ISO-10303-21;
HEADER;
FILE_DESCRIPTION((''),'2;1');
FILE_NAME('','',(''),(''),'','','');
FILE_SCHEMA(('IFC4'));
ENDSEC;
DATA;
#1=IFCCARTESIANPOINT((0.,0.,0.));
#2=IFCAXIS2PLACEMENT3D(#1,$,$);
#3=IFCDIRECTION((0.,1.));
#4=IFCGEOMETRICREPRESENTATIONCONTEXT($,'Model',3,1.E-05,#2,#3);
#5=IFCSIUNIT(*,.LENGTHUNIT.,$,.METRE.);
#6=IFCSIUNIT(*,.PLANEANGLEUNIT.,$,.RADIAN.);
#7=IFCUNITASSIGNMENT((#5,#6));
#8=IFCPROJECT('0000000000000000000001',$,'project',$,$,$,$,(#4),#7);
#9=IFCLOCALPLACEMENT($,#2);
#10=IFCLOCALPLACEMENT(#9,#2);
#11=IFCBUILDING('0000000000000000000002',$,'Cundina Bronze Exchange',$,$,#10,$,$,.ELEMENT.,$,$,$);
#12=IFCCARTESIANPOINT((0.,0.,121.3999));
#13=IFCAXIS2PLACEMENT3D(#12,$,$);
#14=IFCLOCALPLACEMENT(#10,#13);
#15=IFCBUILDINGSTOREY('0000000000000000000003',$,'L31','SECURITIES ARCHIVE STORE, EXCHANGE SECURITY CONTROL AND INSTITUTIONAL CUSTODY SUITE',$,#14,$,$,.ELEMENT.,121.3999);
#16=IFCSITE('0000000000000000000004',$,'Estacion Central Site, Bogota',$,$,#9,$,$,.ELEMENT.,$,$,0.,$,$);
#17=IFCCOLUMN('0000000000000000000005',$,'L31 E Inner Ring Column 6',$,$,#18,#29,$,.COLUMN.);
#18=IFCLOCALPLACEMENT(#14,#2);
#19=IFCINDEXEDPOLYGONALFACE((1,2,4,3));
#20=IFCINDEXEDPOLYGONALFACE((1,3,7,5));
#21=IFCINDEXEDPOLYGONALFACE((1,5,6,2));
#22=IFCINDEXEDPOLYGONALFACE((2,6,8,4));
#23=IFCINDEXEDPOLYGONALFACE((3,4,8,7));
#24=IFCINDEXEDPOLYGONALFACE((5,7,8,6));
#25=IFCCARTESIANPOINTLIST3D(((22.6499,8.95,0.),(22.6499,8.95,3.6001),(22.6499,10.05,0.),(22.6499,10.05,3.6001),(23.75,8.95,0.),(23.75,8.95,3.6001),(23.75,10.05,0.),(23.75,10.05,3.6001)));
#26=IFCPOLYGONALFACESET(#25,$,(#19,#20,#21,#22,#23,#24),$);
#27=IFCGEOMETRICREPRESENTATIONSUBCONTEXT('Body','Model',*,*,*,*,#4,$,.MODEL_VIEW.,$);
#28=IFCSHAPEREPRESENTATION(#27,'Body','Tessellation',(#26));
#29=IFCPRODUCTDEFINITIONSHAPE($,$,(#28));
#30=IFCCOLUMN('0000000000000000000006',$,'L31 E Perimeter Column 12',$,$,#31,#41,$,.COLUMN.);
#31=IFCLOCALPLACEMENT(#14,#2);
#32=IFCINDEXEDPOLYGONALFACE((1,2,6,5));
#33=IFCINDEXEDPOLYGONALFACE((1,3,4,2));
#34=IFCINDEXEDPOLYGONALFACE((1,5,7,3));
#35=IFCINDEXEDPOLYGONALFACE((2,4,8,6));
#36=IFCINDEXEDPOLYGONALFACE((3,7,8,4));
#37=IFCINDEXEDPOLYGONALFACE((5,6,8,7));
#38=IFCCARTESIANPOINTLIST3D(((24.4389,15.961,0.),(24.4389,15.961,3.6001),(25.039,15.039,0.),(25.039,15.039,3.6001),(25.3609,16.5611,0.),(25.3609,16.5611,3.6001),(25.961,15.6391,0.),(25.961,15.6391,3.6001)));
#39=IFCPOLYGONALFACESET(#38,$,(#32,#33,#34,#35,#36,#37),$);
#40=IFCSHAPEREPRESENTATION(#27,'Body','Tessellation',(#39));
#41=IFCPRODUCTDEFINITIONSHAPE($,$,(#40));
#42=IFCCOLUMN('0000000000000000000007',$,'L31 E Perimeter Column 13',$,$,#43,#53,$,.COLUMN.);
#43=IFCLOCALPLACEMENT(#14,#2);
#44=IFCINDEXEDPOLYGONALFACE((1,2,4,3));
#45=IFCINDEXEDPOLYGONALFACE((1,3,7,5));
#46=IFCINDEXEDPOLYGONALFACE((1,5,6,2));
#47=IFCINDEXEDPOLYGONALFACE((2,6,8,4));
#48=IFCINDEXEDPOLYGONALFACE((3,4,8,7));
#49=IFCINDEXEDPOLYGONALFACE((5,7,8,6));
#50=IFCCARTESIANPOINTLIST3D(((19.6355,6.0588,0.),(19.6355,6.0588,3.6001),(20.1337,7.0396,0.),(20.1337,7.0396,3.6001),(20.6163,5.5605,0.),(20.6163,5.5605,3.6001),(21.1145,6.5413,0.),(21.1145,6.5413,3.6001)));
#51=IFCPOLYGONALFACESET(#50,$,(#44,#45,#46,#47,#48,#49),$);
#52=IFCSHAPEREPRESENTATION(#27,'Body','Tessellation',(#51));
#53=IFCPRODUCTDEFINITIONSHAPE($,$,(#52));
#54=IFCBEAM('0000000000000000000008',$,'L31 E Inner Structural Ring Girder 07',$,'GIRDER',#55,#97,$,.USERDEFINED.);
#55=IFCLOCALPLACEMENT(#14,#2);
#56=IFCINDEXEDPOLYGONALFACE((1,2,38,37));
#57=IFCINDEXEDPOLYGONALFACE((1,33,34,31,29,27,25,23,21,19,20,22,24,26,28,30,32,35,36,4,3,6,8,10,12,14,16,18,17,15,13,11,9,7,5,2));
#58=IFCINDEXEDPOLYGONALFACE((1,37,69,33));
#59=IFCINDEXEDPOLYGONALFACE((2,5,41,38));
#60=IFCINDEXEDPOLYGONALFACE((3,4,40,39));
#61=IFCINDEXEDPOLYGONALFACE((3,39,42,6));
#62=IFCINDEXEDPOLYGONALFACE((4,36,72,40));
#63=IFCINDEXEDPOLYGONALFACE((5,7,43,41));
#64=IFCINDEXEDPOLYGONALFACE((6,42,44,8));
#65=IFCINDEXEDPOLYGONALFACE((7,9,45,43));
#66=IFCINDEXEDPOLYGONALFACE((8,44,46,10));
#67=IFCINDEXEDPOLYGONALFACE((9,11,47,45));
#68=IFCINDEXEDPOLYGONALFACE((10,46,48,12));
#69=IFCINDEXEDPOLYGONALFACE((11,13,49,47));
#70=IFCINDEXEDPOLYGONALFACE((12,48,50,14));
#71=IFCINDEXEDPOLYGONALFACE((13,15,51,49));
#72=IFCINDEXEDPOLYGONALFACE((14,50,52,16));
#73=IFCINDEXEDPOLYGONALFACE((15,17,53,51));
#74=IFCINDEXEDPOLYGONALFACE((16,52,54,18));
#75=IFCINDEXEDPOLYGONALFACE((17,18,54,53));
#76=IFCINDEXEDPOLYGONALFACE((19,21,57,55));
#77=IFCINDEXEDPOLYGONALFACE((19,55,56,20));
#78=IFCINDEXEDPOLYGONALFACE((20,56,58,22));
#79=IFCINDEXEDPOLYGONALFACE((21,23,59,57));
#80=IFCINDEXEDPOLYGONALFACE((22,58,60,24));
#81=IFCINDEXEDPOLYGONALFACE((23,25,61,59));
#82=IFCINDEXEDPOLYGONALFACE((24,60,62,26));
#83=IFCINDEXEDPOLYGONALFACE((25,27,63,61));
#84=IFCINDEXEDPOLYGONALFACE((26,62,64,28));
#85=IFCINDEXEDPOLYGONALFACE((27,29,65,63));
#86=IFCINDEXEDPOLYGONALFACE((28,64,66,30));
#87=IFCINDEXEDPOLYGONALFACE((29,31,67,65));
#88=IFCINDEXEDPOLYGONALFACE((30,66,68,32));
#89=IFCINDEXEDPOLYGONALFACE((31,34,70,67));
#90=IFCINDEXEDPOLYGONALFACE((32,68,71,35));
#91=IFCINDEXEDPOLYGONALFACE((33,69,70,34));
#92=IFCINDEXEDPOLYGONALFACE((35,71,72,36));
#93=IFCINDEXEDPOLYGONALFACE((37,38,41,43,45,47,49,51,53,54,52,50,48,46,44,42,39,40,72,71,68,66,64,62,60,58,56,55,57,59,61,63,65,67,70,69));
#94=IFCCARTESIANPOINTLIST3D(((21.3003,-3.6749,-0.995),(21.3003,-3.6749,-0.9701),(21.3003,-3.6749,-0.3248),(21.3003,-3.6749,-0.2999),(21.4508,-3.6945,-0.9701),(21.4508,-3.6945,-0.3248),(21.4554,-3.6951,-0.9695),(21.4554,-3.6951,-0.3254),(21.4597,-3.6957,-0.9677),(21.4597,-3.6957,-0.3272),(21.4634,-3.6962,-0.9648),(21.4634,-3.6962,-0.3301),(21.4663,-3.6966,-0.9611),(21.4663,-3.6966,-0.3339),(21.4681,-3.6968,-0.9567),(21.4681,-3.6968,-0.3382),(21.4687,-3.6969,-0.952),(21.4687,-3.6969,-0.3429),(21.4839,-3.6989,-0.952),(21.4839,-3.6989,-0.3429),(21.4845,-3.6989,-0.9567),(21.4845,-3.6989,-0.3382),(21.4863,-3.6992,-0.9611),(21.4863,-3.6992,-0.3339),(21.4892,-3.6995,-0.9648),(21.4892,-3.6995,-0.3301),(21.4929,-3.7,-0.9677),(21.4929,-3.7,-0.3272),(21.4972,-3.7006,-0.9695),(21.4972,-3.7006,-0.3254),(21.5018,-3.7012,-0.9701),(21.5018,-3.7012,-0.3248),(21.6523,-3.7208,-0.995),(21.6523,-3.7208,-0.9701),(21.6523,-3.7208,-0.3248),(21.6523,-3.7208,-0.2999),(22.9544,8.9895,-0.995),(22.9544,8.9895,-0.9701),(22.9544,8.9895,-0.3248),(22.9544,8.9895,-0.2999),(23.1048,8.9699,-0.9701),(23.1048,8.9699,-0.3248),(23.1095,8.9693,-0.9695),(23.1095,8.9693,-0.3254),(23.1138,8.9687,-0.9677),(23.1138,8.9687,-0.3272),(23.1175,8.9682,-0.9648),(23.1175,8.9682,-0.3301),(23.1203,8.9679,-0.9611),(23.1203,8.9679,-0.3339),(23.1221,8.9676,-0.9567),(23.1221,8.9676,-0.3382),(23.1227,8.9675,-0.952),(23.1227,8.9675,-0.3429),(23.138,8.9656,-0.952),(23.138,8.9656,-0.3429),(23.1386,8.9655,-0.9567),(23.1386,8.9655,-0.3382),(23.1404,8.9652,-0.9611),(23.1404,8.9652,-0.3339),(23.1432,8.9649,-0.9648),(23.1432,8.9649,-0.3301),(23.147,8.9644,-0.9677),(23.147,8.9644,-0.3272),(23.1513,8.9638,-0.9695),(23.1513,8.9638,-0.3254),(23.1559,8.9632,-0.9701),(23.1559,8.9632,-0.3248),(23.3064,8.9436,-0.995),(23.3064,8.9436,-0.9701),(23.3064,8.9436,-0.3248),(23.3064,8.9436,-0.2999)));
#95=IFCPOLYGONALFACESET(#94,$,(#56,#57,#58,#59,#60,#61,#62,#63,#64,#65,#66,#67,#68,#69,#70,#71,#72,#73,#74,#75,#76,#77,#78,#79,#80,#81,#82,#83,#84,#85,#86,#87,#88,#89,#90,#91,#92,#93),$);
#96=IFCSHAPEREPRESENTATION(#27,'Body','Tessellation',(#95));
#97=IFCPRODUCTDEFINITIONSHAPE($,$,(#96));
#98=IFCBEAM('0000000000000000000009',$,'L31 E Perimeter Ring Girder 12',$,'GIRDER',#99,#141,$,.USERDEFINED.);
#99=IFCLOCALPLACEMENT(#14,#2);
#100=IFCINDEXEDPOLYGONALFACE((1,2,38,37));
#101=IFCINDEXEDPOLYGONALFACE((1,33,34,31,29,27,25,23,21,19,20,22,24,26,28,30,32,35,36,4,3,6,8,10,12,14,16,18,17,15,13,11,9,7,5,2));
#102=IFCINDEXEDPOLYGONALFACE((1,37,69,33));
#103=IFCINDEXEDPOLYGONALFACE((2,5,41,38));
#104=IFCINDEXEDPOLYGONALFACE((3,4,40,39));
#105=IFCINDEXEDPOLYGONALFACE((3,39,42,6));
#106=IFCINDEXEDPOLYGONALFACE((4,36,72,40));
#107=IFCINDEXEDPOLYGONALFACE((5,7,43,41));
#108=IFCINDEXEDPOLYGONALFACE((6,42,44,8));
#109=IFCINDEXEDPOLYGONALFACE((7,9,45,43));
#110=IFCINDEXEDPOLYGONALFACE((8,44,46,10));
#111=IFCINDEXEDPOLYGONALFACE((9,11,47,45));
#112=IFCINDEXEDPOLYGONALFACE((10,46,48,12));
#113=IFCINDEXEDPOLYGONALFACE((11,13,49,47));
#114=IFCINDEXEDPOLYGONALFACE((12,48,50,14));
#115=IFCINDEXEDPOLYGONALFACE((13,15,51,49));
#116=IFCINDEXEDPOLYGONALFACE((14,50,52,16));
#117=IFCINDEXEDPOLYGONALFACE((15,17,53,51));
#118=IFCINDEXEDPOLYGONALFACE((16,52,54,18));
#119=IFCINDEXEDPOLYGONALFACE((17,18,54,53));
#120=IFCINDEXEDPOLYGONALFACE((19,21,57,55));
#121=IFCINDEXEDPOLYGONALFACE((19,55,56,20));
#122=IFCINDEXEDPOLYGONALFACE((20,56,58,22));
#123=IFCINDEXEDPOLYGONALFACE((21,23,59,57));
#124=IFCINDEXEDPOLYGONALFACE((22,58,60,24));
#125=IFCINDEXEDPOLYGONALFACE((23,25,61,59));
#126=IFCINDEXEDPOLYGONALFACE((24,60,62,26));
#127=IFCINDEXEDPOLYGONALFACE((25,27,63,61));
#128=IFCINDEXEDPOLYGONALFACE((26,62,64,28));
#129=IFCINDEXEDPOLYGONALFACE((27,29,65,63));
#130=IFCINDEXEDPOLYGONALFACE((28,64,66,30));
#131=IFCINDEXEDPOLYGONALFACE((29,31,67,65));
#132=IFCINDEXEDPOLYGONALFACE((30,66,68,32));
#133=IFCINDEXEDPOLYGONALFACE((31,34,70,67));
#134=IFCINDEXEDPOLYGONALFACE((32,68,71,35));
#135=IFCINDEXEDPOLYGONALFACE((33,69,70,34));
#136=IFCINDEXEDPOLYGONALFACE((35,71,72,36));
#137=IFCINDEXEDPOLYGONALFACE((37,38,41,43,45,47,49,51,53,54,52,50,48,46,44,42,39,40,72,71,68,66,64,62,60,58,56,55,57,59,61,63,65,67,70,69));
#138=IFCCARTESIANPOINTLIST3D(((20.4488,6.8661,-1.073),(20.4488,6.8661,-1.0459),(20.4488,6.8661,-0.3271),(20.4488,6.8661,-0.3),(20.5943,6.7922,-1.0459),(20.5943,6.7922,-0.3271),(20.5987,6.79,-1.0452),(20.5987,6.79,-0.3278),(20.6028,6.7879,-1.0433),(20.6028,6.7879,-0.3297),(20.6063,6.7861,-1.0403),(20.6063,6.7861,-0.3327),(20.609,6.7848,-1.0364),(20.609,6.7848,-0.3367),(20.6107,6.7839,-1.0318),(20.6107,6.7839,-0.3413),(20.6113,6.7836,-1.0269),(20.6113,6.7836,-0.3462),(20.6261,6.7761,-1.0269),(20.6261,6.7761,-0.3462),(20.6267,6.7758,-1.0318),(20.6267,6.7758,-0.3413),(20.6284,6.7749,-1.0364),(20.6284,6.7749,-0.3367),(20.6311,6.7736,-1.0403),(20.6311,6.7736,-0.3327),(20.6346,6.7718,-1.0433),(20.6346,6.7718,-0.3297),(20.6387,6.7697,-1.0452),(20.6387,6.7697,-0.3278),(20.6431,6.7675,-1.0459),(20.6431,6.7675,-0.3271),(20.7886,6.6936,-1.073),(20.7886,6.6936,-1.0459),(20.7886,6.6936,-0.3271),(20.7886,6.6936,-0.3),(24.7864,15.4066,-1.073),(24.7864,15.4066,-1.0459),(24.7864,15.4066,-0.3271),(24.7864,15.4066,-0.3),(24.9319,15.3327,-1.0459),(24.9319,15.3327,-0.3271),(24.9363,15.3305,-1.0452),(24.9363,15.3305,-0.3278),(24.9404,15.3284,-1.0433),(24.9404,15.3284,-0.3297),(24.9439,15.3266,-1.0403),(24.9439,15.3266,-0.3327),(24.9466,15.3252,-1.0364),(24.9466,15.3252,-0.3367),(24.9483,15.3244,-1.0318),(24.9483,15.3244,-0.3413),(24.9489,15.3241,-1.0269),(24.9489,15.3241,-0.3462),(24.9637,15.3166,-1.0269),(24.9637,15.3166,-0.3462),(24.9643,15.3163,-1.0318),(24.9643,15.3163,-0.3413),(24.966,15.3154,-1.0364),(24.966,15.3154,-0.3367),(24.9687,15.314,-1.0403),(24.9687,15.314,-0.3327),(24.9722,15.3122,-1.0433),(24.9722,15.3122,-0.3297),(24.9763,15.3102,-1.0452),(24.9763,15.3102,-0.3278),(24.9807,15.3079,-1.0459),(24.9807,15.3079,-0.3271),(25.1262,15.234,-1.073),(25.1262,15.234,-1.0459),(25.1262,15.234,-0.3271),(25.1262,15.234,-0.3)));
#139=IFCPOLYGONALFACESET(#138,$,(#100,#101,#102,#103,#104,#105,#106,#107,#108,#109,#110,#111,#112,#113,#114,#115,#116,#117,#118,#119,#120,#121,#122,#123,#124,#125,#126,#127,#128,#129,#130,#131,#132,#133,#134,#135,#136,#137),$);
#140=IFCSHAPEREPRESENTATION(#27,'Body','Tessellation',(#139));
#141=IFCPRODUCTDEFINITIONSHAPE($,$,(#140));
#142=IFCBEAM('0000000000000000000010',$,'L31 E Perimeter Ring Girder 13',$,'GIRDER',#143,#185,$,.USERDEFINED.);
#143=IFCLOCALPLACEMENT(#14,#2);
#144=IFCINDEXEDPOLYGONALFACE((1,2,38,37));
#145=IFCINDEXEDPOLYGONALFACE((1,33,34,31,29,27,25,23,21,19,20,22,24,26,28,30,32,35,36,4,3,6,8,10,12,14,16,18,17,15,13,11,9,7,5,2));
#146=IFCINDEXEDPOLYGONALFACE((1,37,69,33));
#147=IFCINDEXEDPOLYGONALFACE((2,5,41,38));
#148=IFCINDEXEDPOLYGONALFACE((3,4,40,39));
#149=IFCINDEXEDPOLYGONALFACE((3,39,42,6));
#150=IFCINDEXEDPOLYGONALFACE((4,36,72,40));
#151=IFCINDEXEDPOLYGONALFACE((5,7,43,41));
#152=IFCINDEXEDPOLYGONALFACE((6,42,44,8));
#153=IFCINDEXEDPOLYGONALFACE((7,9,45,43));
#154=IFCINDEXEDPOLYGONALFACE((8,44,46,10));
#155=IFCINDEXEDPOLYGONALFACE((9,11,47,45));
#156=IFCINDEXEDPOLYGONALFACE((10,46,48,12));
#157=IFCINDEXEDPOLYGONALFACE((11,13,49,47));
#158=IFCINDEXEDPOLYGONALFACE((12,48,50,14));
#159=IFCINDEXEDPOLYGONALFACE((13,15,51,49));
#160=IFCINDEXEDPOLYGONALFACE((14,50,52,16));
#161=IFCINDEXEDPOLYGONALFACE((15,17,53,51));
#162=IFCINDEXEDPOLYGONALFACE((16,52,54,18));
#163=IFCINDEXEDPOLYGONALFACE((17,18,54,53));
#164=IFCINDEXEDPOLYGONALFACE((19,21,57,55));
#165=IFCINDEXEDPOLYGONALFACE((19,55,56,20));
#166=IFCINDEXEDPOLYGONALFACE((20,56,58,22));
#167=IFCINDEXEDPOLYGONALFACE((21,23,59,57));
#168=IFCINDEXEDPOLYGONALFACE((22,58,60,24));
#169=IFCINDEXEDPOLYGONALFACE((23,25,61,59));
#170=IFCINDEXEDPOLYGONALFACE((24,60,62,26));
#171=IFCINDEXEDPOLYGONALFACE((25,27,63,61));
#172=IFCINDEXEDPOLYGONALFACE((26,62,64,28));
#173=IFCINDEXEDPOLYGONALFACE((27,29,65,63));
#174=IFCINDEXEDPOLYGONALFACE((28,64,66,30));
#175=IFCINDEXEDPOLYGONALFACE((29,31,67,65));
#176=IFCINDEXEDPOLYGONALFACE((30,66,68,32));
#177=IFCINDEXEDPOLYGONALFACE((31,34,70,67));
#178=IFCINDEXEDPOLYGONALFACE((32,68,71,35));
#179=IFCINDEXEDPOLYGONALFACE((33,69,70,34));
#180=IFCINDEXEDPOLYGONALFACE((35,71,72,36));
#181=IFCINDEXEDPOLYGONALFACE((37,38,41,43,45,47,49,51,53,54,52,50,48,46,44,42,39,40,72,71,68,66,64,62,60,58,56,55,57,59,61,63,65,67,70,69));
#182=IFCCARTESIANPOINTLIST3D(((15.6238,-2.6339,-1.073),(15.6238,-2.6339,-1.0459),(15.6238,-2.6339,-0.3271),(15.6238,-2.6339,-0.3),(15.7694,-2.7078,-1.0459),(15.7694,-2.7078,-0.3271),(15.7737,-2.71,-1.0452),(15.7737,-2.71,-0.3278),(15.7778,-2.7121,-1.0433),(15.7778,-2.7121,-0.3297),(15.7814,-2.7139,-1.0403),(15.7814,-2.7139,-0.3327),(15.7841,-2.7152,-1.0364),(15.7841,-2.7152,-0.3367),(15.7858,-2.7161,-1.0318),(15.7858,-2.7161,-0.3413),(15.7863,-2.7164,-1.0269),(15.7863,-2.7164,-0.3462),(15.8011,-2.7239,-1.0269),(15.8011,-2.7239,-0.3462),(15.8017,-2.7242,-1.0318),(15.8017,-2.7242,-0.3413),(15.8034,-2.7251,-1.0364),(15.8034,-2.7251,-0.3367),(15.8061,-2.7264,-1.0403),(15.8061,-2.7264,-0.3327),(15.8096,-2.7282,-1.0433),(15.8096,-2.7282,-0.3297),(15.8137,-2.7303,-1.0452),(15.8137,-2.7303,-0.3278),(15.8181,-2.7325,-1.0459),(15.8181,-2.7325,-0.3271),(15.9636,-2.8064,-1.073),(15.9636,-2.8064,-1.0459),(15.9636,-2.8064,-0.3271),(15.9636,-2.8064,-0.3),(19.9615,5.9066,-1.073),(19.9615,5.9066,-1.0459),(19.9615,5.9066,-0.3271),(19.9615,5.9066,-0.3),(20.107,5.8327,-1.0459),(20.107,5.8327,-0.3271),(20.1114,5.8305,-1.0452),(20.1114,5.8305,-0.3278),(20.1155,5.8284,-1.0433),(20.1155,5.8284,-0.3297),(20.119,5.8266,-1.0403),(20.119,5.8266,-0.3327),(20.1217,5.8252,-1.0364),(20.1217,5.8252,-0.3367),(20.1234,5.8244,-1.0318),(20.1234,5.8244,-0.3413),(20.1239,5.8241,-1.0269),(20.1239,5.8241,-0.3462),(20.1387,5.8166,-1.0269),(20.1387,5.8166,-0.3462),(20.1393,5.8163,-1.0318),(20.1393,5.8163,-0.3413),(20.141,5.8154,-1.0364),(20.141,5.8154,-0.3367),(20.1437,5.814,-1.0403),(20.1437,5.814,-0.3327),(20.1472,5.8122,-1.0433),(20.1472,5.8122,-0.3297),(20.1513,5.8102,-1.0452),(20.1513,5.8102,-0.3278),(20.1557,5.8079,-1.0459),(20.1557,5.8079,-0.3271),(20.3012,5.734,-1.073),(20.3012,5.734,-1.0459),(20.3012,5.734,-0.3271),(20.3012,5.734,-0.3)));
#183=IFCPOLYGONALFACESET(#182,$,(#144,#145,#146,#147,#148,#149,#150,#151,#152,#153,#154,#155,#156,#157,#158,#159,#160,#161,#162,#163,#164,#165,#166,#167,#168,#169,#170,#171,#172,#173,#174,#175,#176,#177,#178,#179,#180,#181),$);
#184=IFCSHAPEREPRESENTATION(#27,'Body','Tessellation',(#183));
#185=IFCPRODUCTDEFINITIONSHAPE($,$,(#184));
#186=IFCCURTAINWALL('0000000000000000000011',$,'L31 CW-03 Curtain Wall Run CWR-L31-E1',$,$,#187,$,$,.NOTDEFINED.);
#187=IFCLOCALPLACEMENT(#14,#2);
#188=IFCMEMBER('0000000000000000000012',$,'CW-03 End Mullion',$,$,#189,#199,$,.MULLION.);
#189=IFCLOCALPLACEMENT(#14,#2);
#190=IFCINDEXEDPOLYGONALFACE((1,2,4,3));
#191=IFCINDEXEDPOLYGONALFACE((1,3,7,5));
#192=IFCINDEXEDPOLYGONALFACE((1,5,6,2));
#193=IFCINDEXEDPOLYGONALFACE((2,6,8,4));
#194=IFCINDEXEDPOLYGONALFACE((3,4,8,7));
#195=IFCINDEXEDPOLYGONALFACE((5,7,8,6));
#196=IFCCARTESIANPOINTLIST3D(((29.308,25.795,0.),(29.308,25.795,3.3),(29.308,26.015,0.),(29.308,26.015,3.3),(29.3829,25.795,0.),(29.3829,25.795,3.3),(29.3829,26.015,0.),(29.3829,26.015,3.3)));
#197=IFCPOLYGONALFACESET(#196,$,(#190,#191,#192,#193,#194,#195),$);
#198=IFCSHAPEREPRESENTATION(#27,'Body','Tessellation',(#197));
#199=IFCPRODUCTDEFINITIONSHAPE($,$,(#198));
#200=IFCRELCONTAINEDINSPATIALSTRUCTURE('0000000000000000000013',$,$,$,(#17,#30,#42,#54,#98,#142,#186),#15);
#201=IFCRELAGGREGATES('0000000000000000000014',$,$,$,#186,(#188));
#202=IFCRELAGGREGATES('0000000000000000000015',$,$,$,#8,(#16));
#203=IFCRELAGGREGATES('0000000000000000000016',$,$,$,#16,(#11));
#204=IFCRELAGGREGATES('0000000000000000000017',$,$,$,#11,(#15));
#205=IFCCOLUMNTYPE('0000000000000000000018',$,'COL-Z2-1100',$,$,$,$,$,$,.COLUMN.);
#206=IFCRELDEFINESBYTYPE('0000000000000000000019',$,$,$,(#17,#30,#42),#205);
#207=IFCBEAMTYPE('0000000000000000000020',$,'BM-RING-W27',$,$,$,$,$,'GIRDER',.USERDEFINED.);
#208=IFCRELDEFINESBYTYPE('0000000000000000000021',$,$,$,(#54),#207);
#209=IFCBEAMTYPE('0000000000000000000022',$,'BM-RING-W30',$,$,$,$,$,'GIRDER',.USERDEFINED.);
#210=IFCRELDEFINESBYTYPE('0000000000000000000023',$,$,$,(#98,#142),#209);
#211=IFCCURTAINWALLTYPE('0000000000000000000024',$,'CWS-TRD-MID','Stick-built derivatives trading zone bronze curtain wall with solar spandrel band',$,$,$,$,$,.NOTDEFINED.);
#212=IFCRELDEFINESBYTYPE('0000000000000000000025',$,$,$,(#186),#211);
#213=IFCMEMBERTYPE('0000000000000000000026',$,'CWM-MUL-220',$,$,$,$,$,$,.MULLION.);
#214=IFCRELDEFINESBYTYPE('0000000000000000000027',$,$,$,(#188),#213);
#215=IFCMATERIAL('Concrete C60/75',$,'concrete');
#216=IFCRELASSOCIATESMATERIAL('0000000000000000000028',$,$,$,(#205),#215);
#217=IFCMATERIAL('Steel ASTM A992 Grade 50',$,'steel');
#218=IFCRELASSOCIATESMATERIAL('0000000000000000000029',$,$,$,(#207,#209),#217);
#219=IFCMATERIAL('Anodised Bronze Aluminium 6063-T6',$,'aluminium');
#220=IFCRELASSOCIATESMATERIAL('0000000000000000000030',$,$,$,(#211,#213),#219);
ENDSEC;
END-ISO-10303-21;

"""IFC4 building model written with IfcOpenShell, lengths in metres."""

from ifc_helpers import new_model, si_unit, direction, frame, origin, origin_2d, place, context, subcontext, project, spatial, rectangle, i_section, extrude, material, material_profile, profile_set, type_object, element, aggregate, save


model = new_model("IFC4")

# Units and contexts
model_context = context("Model", 3, precision=1e-05, world=origin(), true_north=direction((0.0, 1.0)))
body_context = subcontext(model_context, "Body", "Model", "MODEL_VIEW")
ifc_project = project(units=[si_unit("LENGTHUNIT", "METRE"), si_unit("PLANEANGLEUNIT", "RADIAN")], contexts=[model_context])

# Site, building, storey
site_placement = place(None, origin())
site = spatial("IfcSite", under=ifc_project, at=site_placement, Name="Estacion Central Site, Bogota", CompositionType="ELEMENT", RefElevation=0.0)
building_placement = place(site_placement, origin())
building = spatial("IfcBuilding", under=site, at=building_placement, Name="Cundina Bronze Exchange", CompositionType="ELEMENT")
storey_placement = place(building_placement, frame((0.0, 0.0, 121.3999)))
storey = spatial("IfcBuildingStorey", under=building, at=storey_placement, Name="L31", Description="SECURITIES ARCHIVE STORE, EXCHANGE SECURITY CONTROL AND INSTITUTIONAL CUSTODY SUITE", CompositionType="ELEMENT", Elevation=121.3999)

# Columns
ifc_material_1 = material(Name="Concrete C60/75", Category="concrete")
ifc_material_profile_1 = material_profile(ifc_material_1, rectangle(XDim=1.1001, YDim=1.1001, at=origin_2d()), Name="RC1100X1100", Category="concrete")
ifc_profile_set_1 = profile_set([ifc_material_profile_1], Name="Concrete C60/75")
column_type = type_object("IfcColumnType", Name="COL-Z2-1100", PredefinedType="COLUMN", material=ifc_profile_set_1)
for number, where, z_axis, x_axis, name in (
    (1, (23.2, 9.5, 0.0), (0.0, 0.0, 1.0), (1.0, 0.0, 0.0), "L31 E Inner Ring Column 6"),
    (2, (25.2, 15.8, 0.0), (0.0, 0.0, 1.0), (-0.8381, -0.545517, 0.0), "L31 E Perimeter Column 12"),
    (3, (20.375, 6.3, 0.0), (0.0, 0.0, 1.0), (-0.452902, -0.891561, 0.0), "L31 E Perimeter Column 13"),
):
    element("IfcColumn", number, at=place(storey_placement, frame(where, z_axis=z_axis, x_axis=x_axis)), inside=storey, type_object=column_type, Name=name, PredefinedType="COLUMN", context=body_context, shape_type="SweptSolid", body=[
        extrude(rectangle(XDim=1.1001, YDim=1.1001, at=origin_2d()), origin(), (0.0, 0.0, 1.0), 3.6001),
    ])

# Beams
ifc_material_2 = material(Name="Steel ASTM A992 Grade 50", Category="steel")
ifc_material_profile_2 = material_profile(ifc_material_2, i_section(OverallWidth=0.355, OverallDepth=0.6951, WebThickness=0.0154, FlangeThickness=0.0249, FilletRadius=0.0181, at=origin_2d()), Name="W27X146", Category="steel")
ifc_profile_set_2 = profile_set([ifc_material_profile_2], Name="Steel ASTM A992 Grade 50")
beam_type_1 = type_object("IfcBeamType", Name="BM-RING-W27", ElementType="GIRDER", PredefinedType="USERDEFINED", material=ifc_profile_set_2)
beam_placement = place(storey_placement, frame((23.1304, 8.9666, -0.6475), z_axis=(-0.129508, -0.991578, 0.0), x_axis=(0.991578, -0.129508, 0.0)))
element("IfcBeam", 4, at=beam_placement, inside=storey, type_object=beam_type_1, Name="L31 E Inner Structural Ring Girder 07", ObjectType="GIRDER", PredefinedType="USERDEFINED", context=body_context, shape_type="SweptSolid", body=[
    extrude(i_section(OverallWidth=0.355, OverallDepth=0.6951, WebThickness=0.0154, FlangeThickness=0.0249, FilletRadius=0.0181, at=origin_2d()), origin(), (0.0, 0.0, 1.0), 12.772),
])
ifc_material_profile_3 = material_profile(ifc_material_2, i_section(OverallWidth=0.3811, OverallDepth=0.7729, WebThickness=0.0166, FlangeThickness=0.0271, FilletRadius=0.019, at=origin_2d()), Name="W30X173", Category="steel")
ifc_profile_set_3 = profile_set([ifc_material_profile_3], Name="Steel ASTM A992 Grade 50")
beam_type_2 = type_object("IfcBeamType", Name="BM-RING-W30", ElementType="GIRDER", PredefinedType="USERDEFINED", material=ifc_profile_set_3)
for number, where, z_axis, x_axis, name in (
    (5, (24.9563, 15.3203, -0.6865), (-0.452832, -0.891596, 0.0), (0.891596, -0.452832, 0.0), "L31 E Perimeter Ring Girder 12"),
    (6, (20.1313, 5.8203, -0.6865), (-0.452832, -0.891596, 0.0), (0.891596, -0.452832, 0.0), "L31 E Perimeter Ring Girder 13"),
):
    element("IfcBeam", number, at=place(storey_placement, frame(where, z_axis=z_axis, x_axis=x_axis)), inside=storey, type_object=beam_type_2, Name=name, ObjectType="GIRDER", PredefinedType="USERDEFINED", context=body_context, shape_type="SweptSolid", body=[
        extrude(i_section(OverallWidth=0.3811, OverallDepth=0.7729, WebThickness=0.0166, FlangeThickness=0.0271, FilletRadius=0.019, at=origin_2d()), origin(), (0.0, 0.0, 1.0), 9.5789),
    ])

# Curtain wall, member
ifc_material_3 = material(Name="Anodised Bronze Aluminium 6063-T6", Category="aluminium")
curtain_wall_type = type_object("IfcCurtainWallType", Name="CWS-TRD-MID", Description="Stick-built derivatives trading zone bronze curtain wall with solar spandrel band", PredefinedType="NOTDEFINED", material=ifc_material_3)
curtain_wall_1_placement = place(storey_placement, origin())
curtain_wall_1 = element("IfcCurtainWall", 7, at=curtain_wall_1_placement, inside=storey, type_object=curtain_wall_type, Name="L31 CW-03 Curtain Wall Run CWR-L31-E1", PredefinedType="NOTDEFINED")
ifc_material_profile_4 = material_profile(ifc_material_3, rectangle(XDim=0.075, YDim=0.22, at=origin_2d()), Name="AL75X220", Category="aluminium")
ifc_profile_set_4 = profile_set([ifc_material_profile_4], Name="Anodised Bronze Aluminium 6063-T6")
member_type_1 = type_object("IfcMemberType", Name="CWM-MUL-220", PredefinedType="MULLION", material=ifc_profile_set_4)
member_1_placement = place(storey_placement, frame((29.3455, 25.905, 0.0), z_axis=(0.0, 0.0, 1.0), x_axis=(-1.0, 0.0, 0.0)))
member_1 = element("IfcMember", 8, at=member_1_placement, type_object=member_type_1, Name="CW-03 End Mullion", PredefinedType="MULLION", context=body_context, shape_type="SweptSolid", body=[
    extrude(rectangle(XDim=0.075, YDim=0.22, at=origin_2d()), origin(), (0.0, 0.0, 1.0), 3.3),
])
aggregate(curtain_wall_1, [member_1])

save(model, "model.ifc")
